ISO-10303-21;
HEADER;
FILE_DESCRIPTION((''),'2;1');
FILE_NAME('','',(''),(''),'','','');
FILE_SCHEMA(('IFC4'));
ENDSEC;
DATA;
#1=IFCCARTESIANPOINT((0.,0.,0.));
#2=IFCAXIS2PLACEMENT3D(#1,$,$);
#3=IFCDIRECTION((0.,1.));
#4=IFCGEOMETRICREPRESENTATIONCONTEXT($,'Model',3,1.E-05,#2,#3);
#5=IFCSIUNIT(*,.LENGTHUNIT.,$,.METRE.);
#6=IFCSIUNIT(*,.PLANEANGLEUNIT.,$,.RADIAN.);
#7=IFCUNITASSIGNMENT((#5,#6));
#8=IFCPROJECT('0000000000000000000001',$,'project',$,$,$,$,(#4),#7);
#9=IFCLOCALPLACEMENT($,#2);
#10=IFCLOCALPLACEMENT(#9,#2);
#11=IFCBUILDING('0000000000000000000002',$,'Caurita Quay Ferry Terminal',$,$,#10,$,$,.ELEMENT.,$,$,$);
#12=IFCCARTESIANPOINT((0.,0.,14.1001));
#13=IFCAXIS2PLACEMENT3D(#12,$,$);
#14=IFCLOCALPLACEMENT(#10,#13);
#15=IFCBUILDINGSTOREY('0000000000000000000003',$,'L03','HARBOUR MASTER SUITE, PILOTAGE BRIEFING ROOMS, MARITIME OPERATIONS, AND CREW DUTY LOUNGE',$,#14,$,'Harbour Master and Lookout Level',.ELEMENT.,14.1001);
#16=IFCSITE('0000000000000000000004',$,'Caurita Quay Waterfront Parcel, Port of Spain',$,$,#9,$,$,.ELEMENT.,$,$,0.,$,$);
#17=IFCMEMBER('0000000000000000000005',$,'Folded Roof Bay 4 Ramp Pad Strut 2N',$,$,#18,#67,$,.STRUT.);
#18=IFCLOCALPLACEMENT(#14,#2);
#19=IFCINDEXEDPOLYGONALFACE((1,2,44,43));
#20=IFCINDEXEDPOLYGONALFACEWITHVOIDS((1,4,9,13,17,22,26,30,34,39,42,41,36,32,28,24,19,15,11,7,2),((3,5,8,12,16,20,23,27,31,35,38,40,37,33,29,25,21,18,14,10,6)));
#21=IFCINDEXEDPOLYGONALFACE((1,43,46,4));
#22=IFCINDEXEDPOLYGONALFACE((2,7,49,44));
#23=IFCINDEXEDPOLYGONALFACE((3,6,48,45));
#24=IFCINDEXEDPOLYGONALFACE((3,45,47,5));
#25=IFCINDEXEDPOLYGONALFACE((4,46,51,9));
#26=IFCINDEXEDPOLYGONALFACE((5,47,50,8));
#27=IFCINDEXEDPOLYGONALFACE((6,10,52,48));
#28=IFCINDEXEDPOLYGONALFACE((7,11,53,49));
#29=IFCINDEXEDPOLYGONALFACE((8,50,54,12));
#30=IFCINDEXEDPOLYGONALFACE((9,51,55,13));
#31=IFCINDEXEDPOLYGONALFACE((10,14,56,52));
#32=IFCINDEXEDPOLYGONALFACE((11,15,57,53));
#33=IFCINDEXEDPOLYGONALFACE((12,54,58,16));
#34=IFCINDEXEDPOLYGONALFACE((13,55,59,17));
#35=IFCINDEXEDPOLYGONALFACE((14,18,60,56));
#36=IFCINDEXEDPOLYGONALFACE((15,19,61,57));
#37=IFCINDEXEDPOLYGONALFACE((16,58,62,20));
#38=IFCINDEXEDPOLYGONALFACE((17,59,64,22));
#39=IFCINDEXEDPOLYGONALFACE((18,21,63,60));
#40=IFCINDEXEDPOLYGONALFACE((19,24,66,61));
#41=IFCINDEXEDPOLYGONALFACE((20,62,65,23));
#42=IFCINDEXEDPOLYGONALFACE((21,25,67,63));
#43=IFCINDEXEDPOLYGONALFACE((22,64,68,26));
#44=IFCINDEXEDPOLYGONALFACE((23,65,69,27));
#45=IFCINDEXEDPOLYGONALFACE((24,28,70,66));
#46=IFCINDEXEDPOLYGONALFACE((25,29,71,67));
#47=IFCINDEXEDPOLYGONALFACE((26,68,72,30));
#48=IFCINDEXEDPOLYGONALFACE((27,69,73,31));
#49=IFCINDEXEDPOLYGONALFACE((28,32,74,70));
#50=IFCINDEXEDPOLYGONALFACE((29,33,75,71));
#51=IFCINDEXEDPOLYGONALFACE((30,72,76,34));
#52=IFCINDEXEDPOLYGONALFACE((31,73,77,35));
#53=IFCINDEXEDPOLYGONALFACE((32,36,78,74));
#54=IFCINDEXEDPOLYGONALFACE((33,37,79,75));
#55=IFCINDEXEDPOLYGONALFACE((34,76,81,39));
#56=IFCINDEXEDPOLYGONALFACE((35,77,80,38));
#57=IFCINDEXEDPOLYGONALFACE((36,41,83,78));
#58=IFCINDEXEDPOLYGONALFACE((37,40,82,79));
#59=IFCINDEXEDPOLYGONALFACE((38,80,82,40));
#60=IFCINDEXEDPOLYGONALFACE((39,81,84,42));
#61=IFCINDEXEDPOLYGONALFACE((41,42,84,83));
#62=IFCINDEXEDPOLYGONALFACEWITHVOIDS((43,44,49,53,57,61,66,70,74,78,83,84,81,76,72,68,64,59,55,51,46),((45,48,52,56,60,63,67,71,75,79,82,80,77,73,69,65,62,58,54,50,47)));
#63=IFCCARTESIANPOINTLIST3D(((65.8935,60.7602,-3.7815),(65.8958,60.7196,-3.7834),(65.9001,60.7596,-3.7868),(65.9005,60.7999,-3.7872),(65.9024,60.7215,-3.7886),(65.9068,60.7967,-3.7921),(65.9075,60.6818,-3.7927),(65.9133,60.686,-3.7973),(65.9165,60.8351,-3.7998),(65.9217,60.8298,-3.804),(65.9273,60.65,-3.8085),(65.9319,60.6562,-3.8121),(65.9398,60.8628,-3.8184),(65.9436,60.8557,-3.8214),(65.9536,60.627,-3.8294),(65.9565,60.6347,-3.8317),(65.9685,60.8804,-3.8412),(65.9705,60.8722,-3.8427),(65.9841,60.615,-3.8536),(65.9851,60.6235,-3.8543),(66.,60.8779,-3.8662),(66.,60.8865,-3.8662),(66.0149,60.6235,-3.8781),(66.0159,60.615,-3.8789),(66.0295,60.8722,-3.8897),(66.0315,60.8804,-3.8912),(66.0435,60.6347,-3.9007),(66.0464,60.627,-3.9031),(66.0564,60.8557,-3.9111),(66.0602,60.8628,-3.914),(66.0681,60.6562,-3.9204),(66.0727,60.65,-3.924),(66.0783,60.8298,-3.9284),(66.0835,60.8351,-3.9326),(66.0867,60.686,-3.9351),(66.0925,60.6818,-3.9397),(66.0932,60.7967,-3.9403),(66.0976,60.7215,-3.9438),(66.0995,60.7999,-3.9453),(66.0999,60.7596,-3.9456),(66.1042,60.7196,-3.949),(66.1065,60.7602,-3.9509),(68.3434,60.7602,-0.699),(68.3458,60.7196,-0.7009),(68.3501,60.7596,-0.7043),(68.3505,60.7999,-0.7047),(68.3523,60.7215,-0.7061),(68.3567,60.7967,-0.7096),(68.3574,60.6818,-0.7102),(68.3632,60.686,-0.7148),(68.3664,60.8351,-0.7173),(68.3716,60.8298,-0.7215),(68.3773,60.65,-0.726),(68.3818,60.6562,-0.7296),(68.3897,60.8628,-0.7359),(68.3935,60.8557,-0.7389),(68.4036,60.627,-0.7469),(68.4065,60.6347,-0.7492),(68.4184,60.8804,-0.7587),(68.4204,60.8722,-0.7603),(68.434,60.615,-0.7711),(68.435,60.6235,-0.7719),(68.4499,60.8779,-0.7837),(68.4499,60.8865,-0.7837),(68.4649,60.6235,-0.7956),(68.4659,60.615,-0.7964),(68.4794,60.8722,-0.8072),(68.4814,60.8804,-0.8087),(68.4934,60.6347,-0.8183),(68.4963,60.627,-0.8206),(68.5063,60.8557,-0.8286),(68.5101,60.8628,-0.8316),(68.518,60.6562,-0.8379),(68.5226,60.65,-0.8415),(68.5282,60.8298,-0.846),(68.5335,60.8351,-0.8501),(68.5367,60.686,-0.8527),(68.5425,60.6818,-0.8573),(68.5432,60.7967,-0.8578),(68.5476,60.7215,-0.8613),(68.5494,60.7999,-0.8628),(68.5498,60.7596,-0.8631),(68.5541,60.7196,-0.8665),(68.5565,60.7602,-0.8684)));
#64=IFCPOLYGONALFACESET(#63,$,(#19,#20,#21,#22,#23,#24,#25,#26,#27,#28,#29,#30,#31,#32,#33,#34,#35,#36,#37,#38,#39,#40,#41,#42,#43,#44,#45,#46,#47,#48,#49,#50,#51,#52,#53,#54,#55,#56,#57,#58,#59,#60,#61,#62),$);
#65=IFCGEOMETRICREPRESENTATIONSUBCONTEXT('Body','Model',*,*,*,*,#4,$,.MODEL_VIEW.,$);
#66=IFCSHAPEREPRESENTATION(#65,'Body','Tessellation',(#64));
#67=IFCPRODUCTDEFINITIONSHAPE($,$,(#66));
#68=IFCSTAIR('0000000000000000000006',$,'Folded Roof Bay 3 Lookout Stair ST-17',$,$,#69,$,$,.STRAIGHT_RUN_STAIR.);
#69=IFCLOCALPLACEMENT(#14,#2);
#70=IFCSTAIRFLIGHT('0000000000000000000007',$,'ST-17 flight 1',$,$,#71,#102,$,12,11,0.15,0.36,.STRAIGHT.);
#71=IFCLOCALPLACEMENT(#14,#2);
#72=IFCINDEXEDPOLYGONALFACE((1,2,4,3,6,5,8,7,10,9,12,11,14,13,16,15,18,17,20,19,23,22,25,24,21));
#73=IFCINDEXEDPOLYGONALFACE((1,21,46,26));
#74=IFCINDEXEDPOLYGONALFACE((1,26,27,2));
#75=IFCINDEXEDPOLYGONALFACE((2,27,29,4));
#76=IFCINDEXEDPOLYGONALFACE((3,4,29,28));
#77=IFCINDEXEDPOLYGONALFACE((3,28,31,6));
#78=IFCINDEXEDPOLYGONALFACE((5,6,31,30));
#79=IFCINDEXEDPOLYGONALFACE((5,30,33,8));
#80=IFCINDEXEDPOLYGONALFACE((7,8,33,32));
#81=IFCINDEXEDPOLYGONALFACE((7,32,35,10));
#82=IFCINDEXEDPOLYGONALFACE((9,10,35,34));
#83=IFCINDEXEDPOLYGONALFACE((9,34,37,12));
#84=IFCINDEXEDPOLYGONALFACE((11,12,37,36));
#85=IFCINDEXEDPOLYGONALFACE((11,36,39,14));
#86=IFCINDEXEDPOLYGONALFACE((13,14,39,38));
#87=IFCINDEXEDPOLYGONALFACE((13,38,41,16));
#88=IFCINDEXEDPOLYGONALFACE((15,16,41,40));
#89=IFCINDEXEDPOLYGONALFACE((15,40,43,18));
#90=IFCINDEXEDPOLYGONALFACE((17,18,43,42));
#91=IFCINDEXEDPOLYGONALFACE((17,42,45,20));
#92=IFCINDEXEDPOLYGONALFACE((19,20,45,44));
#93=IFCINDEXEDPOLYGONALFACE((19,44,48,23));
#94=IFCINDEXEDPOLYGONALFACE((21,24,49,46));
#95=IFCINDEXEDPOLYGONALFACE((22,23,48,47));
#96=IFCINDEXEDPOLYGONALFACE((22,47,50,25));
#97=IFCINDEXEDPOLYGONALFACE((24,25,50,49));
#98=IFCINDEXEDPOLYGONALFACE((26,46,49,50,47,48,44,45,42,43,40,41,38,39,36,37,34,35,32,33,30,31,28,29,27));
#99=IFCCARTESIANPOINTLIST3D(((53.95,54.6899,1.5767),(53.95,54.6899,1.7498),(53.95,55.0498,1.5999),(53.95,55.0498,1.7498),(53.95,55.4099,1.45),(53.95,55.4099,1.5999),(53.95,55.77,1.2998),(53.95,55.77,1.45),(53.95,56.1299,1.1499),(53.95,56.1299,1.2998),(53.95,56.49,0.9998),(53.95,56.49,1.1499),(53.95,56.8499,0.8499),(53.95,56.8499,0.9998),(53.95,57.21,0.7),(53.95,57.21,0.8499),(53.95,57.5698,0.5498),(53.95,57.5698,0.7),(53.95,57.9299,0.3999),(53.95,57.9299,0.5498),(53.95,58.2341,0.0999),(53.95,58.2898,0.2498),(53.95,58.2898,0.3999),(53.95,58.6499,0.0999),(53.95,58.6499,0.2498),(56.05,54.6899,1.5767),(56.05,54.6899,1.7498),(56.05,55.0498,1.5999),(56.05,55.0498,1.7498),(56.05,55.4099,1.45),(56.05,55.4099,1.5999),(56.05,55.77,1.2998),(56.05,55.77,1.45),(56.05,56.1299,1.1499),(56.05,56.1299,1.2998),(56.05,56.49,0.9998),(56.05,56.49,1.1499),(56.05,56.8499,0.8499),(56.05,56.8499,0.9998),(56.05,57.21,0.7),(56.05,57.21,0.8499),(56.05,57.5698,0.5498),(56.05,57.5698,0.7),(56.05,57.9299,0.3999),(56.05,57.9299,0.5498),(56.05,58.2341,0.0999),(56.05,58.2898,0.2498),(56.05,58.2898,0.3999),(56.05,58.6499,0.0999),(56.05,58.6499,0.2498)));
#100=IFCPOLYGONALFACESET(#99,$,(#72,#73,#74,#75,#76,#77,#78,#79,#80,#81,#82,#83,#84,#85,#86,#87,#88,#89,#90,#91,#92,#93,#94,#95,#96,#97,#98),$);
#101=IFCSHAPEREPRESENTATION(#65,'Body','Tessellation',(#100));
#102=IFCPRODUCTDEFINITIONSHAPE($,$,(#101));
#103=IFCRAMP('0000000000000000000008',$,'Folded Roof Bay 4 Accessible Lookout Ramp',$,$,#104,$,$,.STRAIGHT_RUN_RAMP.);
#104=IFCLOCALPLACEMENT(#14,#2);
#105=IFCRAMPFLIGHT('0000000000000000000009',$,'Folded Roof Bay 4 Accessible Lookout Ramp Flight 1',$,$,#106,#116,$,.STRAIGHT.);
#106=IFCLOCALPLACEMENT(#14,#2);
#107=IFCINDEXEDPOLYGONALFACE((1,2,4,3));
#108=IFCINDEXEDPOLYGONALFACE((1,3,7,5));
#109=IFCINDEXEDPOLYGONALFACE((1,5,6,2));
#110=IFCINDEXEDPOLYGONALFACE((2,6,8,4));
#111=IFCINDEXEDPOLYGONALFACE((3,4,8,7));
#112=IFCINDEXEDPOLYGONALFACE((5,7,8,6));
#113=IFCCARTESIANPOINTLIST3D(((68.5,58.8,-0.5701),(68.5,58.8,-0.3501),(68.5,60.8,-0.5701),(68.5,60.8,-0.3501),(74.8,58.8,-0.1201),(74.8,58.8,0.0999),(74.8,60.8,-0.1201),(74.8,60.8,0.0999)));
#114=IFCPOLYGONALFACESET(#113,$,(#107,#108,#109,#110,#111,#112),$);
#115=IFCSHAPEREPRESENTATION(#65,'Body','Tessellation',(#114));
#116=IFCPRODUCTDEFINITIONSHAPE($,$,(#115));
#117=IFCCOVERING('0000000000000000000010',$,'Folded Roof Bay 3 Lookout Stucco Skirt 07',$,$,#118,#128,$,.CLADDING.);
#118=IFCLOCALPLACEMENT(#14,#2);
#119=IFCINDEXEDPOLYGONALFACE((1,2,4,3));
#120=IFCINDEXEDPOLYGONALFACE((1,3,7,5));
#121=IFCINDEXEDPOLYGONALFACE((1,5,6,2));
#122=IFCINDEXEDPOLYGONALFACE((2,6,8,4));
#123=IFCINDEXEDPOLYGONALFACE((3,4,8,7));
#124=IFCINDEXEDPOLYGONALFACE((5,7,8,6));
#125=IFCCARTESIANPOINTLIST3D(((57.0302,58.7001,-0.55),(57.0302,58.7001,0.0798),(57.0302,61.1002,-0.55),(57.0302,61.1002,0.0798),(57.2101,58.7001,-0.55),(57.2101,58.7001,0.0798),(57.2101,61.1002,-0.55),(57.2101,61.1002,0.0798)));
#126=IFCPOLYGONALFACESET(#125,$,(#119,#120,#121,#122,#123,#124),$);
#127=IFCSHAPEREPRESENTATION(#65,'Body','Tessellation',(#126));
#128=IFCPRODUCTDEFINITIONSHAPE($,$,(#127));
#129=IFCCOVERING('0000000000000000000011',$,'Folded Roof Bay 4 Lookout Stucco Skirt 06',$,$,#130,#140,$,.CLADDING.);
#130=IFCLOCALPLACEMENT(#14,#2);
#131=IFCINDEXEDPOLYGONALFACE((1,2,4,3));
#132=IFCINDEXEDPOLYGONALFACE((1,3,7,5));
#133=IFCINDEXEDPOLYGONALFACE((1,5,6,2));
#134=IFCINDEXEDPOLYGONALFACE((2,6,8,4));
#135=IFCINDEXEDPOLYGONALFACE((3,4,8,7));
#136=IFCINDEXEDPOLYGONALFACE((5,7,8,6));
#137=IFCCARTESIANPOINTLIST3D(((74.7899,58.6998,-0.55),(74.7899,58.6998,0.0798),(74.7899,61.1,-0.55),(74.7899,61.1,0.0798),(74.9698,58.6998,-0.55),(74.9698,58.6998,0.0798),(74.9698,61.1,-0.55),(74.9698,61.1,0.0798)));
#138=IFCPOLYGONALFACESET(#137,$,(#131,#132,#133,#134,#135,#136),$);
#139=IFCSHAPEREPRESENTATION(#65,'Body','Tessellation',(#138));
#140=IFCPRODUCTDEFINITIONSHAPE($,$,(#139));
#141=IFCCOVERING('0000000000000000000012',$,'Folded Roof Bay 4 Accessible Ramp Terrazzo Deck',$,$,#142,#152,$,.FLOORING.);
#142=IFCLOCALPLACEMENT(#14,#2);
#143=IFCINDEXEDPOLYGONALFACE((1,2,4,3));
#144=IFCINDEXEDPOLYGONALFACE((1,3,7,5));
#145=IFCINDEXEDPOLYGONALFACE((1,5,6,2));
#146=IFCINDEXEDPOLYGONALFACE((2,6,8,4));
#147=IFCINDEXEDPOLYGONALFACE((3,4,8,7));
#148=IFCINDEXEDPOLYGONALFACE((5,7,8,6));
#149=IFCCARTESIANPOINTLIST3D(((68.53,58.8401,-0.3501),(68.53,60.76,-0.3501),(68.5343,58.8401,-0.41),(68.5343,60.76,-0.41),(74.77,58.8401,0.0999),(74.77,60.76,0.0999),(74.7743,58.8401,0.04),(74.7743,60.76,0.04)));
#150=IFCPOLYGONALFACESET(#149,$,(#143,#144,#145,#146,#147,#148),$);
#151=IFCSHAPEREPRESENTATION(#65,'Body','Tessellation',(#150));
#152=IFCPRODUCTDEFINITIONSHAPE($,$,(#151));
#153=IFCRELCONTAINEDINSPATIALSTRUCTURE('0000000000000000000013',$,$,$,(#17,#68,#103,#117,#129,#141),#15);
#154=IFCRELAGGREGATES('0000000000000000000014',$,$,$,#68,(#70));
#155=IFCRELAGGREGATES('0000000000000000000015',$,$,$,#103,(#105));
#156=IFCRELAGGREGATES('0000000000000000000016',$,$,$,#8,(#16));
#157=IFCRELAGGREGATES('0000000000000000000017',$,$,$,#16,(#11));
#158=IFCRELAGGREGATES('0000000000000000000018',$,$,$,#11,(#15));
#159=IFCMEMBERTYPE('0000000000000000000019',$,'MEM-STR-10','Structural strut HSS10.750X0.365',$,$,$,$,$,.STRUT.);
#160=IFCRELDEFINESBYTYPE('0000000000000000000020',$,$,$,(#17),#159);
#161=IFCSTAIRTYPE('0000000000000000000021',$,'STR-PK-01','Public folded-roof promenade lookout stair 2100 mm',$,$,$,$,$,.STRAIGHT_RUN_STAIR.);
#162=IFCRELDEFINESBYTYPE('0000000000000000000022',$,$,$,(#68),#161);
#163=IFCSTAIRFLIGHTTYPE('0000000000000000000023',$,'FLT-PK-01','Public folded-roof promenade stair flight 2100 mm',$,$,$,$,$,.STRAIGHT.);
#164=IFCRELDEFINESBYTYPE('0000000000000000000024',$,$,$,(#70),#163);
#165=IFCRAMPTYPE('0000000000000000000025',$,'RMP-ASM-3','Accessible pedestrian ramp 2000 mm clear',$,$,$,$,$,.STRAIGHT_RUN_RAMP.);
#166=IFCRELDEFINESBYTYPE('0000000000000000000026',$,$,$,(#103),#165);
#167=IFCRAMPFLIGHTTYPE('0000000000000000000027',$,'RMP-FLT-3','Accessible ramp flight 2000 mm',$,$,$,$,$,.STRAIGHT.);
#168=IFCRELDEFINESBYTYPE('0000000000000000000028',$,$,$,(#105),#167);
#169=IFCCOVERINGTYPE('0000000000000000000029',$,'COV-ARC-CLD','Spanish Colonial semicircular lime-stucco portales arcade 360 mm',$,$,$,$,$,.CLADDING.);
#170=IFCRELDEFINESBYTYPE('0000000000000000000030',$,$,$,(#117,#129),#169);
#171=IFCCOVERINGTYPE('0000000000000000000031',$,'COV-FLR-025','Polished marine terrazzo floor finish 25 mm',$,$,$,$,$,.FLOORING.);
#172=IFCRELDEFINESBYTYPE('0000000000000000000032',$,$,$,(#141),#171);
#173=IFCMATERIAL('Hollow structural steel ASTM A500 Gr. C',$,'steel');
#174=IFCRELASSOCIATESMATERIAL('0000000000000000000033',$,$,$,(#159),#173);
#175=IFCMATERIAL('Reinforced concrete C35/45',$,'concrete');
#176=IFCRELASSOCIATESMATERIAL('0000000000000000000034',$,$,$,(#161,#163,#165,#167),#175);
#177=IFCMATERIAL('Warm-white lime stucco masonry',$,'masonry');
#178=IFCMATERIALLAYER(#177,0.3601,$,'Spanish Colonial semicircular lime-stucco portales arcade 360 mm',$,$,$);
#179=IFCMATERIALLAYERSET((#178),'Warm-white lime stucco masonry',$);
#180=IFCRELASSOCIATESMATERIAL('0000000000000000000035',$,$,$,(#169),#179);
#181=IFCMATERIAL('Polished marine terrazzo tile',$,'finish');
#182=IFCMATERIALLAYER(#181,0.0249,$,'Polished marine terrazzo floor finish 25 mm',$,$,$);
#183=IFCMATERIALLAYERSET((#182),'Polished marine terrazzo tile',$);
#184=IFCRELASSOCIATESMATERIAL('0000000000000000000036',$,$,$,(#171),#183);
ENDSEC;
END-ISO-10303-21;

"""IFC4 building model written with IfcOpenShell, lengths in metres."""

from ifc_helpers import new_model, si_unit, direction, frame, frame_2d, origin, origin_2d, place, context, subcontext, project, spatial, polyline, rectangle, hollow_circle, outline, extrude, material, layer, layer_set, material_profile, profile_set, type_object, element, aggregate, save


model = new_model("IFC4")

# Units and contexts
model_context = context("Model", 3, precision=1e-05, world=origin(), true_north=direction((0.0, 1.0)))
body_context = subcontext(model_context, "Body", "Model", "MODEL_VIEW")
ifc_project = project(units=[si_unit("LENGTHUNIT", "METRE"), si_unit("PLANEANGLEUNIT", "RADIAN")], contexts=[model_context])

# Site, building, storey
site_placement = place(None, origin())
site = spatial("IfcSite", under=ifc_project, at=site_placement, Name="Caurita Quay Waterfront Parcel, Port of Spain", CompositionType="ELEMENT", RefElevation=0.0)
building_placement = place(site_placement, origin())
building = spatial("IfcBuilding", under=site, at=building_placement, Name="Caurita Quay Ferry Terminal", CompositionType="ELEMENT")
storey_placement = place(building_placement, frame((0.0, 0.0, 14.1001)))
storey = spatial("IfcBuildingStorey", under=building, at=storey_placement, Name="L03", Description="HARBOUR MASTER SUITE, PILOTAGE BRIEFING ROOMS, MARITIME OPERATIONS, AND CREW DUTY LOUNGE", LongName="Harbour Master and Lookout Level", CompositionType="ELEMENT", Elevation=14.1001)

# Shared definitions
ifc_material_1 = material(Name="Reinforced concrete C35/45", Category="concrete")

# Member
ifc_material_2 = material(Name="Hollow structural steel ASTM A500 Gr. C", Category="steel")
ifc_material_profile_1 = material_profile(ifc_material_2, hollow_circle(Radius=0.1365, WallThickness=0.0085, at=origin_2d()), Name="HSS10.750X0.365")
ifc_profile_set_1 = profile_set([ifc_material_profile_1], Name="Hollow structural steel ASTM A500 Gr. C")
member_type_1 = type_object("IfcMemberType", Name="MEM-STR-10", Description="Structural strut HSS10.750X0.365", PredefinedType="STRUT", material=ifc_profile_set_1)
member_1_placement = place(storey_placement, frame((66.0, 60.75, -3.8662), z_axis=(0.622204, 0.0, 0.782855), x_axis=(0.0, 1.0, 0.0)))
element("IfcMember", 1, at=member_1_placement, inside=storey, type_object=member_type_1, Name="Folded Roof Bay 4 Ramp Pad Strut 2N", PredefinedType="STRUT", context=body_context, shape_type="SweptSolid", body=[
    extrude(hollow_circle(Radius=0.1365, WallThickness=0.0085, at=origin_2d()), origin(), (0.0, 0.0, 1.0), 3.9375),
])

# Stair, stair flight
stair_type = type_object("IfcStairType", Name="STR-PK-01", Description="Public folded-roof promenade lookout stair 2100 mm", PredefinedType="STRAIGHT_RUN_STAIR", material=ifc_material_1)
stair_placement = place(storey_placement, origin())
stair = element("IfcStair", 2, at=stair_placement, inside=storey, type_object=stair_type, Name="Folded Roof Bay 3 Lookout Stair ST-17", PredefinedType="STRAIGHT_RUN_STAIR")
stair_flight_type = type_object("IfcStairFlightType", Name="FLT-PK-01", Description="Public folded-roof promenade stair flight 2100 mm", PredefinedType="STRAIGHT", material=ifc_material_1)
stair_flight_placement = place(storey_placement, frame((55.0, 58.6499, 0.0999), z_axis=(0.0, 0.0, 1.0), x_axis=(0.0, -1.0, 0.0)))
stair_flight = element("IfcStairFlight", 3, at=stair_flight_placement, type_object=stair_flight_type, Name="ST-17 flight 1", NumberOfRisers=12, NumberOfTreads=11, PredefinedType="STRAIGHT", RiserHeight=0.15, TreadLength=0.36, context=body_context, shape_type="SweptSolid", body=[
    extrude(outline(polyline([(0.0, 0.0), (0.0, 0.1499), (0.3601, 0.1499), (0.3601, 0.3), (0.72, 0.3), (0.72, 0.45), (1.0801, 0.45), (1.0801, 0.6001), (1.4399, 0.6001), (1.4399, 0.75), (1.8, 0.75), (1.8, 0.8999), (2.1599, 0.8999), (2.1599, 1.05), (2.52, 1.05), (2.52, 1.2), (2.8799, 1.2), (2.8799, 1.3501), (3.24, 1.3501), (3.24, 1.5), (3.6001, 1.5), (3.6001, 1.6499), (3.96, 1.6499), (3.96, 1.8), (3.96, 1.4768), (0.4158, 0.0), (0.0, 0.0)])), frame((0.0, 1.05, 0.0), z_axis=(0.0, -1.0, 0.0), x_axis=(1.0, 0.0, 0.0)), (0.0, 0.0, 1.0), 2.1001),
])
aggregate(stair, [stair_flight])

# Ramp, ramp flight
ramp_type = type_object("IfcRampType", Name="RMP-ASM-3", Description="Accessible pedestrian ramp 2000 mm clear", PredefinedType="STRAIGHT_RUN_RAMP", material=ifc_material_1)
ramp_placement = place(storey_placement, origin())
ramp = element("IfcRamp", 4, at=ramp_placement, inside=storey, type_object=ramp_type, Name="Folded Roof Bay 4 Accessible Lookout Ramp", PredefinedType="STRAIGHT_RUN_RAMP")
ramp_flight_type = type_object("IfcRampFlightType", Name="RMP-FLT-3", Description="Accessible ramp flight 2000 mm", PredefinedType="STRAIGHT", material=ifc_material_1)
ramp_flight_placement = place(storey_placement, frame((68.5, 59.8, -0.3501), z_axis=(0.0, 0.0, 1.0), x_axis=(1.0, 0.0, 0.0)))
ramp_flight = element("IfcRampFlight", 5, at=ramp_flight_placement, type_object=ramp_flight_type, Name="Folded Roof Bay 4 Accessible Lookout Ramp Flight 1", PredefinedType="STRAIGHT", context=body_context, shape_type="SweptSolid", body=[
    extrude(outline(polyline([(0.0, 0.0), (0.0, -0.22), (6.3, 0.23), (6.3, 0.45), (0.0, 0.0)])), frame((0.0, 1.0, 0.0), z_axis=(0.0, -1.0, 0.0), x_axis=(1.0, 0.0, 0.0)), (0.0, 0.0, 1.0), 2.0),
])
aggregate(ramp, [ramp_flight])

# Coverings
ifc_material_3 = material(Name="Warm-white lime stucco masonry", Category="masonry")
ifc_layer_1 = layer(ifc_material_3, 0.3601, Name="Spanish Colonial semicircular lime-stucco portales arcade 360 mm")
ifc_layer_set_1 = layer_set([ifc_layer_1], Name="Warm-white lime stucco masonry")
covering_type_1 = type_object("IfcCoveringType", Name="COV-ARC-CLD", Description="Spanish Colonial semicircular lime-stucco portales arcade 360 mm", PredefinedType="CLADDING", material=ifc_layer_set_1)
for number, where, z_axis, x_axis, name in (
    (6, (57.1201, 58.7, -0.55), (0.0, 0.0, 1.0), (0.0, 1.0, 0.0), "Folded Roof Bay 3 Lookout Stucco Skirt 07"),
    (7, (74.8799, 61.1001, -0.55), (0.0, 0.0, 1.0), (0.0, -1.0, 0.0), "Folded Roof Bay 4 Lookout Stucco Skirt 06"),
):
    element("IfcCovering", number, at=place(storey_placement, frame(where, z_axis=z_axis, x_axis=x_axis)), inside=storey, type_object=covering_type_1, Name=name, PredefinedType="CLADDING", context=body_context, shape_type="SweptSolid", body=[
        extrude(rectangle(XDim=2.4001, YDim=0.1799, at=frame_2d((1.2002, 0.0))), origin(), (0.0, 0.0, 1.0), 0.6299),
    ])
ifc_material_4 = material(Name="Polished marine terrazzo tile", Category="finish")
ifc_layer_2 = layer(ifc_material_4, 0.0249, Name="Polished marine terrazzo floor finish 25 mm")
ifc_layer_set_2 = layer_set([ifc_layer_2], Name="Polished marine terrazzo tile")
covering_type_2 = type_object("IfcCoveringType", Name="COV-FLR-025", Description="Polished marine terrazzo floor finish 25 mm", PredefinedType="FLOORING", material=ifc_layer_set_2)
covering_placement = place(storey_placement, frame((68.53, 58.8401, -0.3501), z_axis=(-0.071921, 0.0, 0.99741), x_axis=(0.99741, 0.0, 0.071921)))
element("IfcCovering", 8, at=covering_placement, inside=storey, type_object=covering_type_2, Name="Folded Roof Bay 4 Accessible Ramp Terrazzo Deck", PredefinedType="FLOORING", context=body_context, shape_type="SweptSolid", body=[
    extrude(outline(polyline([(0.0, 0.0), (6.2562, 0.0), (6.2562, 1.9199), (0.0, 1.9199), (0.0, 0.0)])), origin(), (0.0, 0.0, -1.0), 0.0601),
])

save(model, "model.ifc")
